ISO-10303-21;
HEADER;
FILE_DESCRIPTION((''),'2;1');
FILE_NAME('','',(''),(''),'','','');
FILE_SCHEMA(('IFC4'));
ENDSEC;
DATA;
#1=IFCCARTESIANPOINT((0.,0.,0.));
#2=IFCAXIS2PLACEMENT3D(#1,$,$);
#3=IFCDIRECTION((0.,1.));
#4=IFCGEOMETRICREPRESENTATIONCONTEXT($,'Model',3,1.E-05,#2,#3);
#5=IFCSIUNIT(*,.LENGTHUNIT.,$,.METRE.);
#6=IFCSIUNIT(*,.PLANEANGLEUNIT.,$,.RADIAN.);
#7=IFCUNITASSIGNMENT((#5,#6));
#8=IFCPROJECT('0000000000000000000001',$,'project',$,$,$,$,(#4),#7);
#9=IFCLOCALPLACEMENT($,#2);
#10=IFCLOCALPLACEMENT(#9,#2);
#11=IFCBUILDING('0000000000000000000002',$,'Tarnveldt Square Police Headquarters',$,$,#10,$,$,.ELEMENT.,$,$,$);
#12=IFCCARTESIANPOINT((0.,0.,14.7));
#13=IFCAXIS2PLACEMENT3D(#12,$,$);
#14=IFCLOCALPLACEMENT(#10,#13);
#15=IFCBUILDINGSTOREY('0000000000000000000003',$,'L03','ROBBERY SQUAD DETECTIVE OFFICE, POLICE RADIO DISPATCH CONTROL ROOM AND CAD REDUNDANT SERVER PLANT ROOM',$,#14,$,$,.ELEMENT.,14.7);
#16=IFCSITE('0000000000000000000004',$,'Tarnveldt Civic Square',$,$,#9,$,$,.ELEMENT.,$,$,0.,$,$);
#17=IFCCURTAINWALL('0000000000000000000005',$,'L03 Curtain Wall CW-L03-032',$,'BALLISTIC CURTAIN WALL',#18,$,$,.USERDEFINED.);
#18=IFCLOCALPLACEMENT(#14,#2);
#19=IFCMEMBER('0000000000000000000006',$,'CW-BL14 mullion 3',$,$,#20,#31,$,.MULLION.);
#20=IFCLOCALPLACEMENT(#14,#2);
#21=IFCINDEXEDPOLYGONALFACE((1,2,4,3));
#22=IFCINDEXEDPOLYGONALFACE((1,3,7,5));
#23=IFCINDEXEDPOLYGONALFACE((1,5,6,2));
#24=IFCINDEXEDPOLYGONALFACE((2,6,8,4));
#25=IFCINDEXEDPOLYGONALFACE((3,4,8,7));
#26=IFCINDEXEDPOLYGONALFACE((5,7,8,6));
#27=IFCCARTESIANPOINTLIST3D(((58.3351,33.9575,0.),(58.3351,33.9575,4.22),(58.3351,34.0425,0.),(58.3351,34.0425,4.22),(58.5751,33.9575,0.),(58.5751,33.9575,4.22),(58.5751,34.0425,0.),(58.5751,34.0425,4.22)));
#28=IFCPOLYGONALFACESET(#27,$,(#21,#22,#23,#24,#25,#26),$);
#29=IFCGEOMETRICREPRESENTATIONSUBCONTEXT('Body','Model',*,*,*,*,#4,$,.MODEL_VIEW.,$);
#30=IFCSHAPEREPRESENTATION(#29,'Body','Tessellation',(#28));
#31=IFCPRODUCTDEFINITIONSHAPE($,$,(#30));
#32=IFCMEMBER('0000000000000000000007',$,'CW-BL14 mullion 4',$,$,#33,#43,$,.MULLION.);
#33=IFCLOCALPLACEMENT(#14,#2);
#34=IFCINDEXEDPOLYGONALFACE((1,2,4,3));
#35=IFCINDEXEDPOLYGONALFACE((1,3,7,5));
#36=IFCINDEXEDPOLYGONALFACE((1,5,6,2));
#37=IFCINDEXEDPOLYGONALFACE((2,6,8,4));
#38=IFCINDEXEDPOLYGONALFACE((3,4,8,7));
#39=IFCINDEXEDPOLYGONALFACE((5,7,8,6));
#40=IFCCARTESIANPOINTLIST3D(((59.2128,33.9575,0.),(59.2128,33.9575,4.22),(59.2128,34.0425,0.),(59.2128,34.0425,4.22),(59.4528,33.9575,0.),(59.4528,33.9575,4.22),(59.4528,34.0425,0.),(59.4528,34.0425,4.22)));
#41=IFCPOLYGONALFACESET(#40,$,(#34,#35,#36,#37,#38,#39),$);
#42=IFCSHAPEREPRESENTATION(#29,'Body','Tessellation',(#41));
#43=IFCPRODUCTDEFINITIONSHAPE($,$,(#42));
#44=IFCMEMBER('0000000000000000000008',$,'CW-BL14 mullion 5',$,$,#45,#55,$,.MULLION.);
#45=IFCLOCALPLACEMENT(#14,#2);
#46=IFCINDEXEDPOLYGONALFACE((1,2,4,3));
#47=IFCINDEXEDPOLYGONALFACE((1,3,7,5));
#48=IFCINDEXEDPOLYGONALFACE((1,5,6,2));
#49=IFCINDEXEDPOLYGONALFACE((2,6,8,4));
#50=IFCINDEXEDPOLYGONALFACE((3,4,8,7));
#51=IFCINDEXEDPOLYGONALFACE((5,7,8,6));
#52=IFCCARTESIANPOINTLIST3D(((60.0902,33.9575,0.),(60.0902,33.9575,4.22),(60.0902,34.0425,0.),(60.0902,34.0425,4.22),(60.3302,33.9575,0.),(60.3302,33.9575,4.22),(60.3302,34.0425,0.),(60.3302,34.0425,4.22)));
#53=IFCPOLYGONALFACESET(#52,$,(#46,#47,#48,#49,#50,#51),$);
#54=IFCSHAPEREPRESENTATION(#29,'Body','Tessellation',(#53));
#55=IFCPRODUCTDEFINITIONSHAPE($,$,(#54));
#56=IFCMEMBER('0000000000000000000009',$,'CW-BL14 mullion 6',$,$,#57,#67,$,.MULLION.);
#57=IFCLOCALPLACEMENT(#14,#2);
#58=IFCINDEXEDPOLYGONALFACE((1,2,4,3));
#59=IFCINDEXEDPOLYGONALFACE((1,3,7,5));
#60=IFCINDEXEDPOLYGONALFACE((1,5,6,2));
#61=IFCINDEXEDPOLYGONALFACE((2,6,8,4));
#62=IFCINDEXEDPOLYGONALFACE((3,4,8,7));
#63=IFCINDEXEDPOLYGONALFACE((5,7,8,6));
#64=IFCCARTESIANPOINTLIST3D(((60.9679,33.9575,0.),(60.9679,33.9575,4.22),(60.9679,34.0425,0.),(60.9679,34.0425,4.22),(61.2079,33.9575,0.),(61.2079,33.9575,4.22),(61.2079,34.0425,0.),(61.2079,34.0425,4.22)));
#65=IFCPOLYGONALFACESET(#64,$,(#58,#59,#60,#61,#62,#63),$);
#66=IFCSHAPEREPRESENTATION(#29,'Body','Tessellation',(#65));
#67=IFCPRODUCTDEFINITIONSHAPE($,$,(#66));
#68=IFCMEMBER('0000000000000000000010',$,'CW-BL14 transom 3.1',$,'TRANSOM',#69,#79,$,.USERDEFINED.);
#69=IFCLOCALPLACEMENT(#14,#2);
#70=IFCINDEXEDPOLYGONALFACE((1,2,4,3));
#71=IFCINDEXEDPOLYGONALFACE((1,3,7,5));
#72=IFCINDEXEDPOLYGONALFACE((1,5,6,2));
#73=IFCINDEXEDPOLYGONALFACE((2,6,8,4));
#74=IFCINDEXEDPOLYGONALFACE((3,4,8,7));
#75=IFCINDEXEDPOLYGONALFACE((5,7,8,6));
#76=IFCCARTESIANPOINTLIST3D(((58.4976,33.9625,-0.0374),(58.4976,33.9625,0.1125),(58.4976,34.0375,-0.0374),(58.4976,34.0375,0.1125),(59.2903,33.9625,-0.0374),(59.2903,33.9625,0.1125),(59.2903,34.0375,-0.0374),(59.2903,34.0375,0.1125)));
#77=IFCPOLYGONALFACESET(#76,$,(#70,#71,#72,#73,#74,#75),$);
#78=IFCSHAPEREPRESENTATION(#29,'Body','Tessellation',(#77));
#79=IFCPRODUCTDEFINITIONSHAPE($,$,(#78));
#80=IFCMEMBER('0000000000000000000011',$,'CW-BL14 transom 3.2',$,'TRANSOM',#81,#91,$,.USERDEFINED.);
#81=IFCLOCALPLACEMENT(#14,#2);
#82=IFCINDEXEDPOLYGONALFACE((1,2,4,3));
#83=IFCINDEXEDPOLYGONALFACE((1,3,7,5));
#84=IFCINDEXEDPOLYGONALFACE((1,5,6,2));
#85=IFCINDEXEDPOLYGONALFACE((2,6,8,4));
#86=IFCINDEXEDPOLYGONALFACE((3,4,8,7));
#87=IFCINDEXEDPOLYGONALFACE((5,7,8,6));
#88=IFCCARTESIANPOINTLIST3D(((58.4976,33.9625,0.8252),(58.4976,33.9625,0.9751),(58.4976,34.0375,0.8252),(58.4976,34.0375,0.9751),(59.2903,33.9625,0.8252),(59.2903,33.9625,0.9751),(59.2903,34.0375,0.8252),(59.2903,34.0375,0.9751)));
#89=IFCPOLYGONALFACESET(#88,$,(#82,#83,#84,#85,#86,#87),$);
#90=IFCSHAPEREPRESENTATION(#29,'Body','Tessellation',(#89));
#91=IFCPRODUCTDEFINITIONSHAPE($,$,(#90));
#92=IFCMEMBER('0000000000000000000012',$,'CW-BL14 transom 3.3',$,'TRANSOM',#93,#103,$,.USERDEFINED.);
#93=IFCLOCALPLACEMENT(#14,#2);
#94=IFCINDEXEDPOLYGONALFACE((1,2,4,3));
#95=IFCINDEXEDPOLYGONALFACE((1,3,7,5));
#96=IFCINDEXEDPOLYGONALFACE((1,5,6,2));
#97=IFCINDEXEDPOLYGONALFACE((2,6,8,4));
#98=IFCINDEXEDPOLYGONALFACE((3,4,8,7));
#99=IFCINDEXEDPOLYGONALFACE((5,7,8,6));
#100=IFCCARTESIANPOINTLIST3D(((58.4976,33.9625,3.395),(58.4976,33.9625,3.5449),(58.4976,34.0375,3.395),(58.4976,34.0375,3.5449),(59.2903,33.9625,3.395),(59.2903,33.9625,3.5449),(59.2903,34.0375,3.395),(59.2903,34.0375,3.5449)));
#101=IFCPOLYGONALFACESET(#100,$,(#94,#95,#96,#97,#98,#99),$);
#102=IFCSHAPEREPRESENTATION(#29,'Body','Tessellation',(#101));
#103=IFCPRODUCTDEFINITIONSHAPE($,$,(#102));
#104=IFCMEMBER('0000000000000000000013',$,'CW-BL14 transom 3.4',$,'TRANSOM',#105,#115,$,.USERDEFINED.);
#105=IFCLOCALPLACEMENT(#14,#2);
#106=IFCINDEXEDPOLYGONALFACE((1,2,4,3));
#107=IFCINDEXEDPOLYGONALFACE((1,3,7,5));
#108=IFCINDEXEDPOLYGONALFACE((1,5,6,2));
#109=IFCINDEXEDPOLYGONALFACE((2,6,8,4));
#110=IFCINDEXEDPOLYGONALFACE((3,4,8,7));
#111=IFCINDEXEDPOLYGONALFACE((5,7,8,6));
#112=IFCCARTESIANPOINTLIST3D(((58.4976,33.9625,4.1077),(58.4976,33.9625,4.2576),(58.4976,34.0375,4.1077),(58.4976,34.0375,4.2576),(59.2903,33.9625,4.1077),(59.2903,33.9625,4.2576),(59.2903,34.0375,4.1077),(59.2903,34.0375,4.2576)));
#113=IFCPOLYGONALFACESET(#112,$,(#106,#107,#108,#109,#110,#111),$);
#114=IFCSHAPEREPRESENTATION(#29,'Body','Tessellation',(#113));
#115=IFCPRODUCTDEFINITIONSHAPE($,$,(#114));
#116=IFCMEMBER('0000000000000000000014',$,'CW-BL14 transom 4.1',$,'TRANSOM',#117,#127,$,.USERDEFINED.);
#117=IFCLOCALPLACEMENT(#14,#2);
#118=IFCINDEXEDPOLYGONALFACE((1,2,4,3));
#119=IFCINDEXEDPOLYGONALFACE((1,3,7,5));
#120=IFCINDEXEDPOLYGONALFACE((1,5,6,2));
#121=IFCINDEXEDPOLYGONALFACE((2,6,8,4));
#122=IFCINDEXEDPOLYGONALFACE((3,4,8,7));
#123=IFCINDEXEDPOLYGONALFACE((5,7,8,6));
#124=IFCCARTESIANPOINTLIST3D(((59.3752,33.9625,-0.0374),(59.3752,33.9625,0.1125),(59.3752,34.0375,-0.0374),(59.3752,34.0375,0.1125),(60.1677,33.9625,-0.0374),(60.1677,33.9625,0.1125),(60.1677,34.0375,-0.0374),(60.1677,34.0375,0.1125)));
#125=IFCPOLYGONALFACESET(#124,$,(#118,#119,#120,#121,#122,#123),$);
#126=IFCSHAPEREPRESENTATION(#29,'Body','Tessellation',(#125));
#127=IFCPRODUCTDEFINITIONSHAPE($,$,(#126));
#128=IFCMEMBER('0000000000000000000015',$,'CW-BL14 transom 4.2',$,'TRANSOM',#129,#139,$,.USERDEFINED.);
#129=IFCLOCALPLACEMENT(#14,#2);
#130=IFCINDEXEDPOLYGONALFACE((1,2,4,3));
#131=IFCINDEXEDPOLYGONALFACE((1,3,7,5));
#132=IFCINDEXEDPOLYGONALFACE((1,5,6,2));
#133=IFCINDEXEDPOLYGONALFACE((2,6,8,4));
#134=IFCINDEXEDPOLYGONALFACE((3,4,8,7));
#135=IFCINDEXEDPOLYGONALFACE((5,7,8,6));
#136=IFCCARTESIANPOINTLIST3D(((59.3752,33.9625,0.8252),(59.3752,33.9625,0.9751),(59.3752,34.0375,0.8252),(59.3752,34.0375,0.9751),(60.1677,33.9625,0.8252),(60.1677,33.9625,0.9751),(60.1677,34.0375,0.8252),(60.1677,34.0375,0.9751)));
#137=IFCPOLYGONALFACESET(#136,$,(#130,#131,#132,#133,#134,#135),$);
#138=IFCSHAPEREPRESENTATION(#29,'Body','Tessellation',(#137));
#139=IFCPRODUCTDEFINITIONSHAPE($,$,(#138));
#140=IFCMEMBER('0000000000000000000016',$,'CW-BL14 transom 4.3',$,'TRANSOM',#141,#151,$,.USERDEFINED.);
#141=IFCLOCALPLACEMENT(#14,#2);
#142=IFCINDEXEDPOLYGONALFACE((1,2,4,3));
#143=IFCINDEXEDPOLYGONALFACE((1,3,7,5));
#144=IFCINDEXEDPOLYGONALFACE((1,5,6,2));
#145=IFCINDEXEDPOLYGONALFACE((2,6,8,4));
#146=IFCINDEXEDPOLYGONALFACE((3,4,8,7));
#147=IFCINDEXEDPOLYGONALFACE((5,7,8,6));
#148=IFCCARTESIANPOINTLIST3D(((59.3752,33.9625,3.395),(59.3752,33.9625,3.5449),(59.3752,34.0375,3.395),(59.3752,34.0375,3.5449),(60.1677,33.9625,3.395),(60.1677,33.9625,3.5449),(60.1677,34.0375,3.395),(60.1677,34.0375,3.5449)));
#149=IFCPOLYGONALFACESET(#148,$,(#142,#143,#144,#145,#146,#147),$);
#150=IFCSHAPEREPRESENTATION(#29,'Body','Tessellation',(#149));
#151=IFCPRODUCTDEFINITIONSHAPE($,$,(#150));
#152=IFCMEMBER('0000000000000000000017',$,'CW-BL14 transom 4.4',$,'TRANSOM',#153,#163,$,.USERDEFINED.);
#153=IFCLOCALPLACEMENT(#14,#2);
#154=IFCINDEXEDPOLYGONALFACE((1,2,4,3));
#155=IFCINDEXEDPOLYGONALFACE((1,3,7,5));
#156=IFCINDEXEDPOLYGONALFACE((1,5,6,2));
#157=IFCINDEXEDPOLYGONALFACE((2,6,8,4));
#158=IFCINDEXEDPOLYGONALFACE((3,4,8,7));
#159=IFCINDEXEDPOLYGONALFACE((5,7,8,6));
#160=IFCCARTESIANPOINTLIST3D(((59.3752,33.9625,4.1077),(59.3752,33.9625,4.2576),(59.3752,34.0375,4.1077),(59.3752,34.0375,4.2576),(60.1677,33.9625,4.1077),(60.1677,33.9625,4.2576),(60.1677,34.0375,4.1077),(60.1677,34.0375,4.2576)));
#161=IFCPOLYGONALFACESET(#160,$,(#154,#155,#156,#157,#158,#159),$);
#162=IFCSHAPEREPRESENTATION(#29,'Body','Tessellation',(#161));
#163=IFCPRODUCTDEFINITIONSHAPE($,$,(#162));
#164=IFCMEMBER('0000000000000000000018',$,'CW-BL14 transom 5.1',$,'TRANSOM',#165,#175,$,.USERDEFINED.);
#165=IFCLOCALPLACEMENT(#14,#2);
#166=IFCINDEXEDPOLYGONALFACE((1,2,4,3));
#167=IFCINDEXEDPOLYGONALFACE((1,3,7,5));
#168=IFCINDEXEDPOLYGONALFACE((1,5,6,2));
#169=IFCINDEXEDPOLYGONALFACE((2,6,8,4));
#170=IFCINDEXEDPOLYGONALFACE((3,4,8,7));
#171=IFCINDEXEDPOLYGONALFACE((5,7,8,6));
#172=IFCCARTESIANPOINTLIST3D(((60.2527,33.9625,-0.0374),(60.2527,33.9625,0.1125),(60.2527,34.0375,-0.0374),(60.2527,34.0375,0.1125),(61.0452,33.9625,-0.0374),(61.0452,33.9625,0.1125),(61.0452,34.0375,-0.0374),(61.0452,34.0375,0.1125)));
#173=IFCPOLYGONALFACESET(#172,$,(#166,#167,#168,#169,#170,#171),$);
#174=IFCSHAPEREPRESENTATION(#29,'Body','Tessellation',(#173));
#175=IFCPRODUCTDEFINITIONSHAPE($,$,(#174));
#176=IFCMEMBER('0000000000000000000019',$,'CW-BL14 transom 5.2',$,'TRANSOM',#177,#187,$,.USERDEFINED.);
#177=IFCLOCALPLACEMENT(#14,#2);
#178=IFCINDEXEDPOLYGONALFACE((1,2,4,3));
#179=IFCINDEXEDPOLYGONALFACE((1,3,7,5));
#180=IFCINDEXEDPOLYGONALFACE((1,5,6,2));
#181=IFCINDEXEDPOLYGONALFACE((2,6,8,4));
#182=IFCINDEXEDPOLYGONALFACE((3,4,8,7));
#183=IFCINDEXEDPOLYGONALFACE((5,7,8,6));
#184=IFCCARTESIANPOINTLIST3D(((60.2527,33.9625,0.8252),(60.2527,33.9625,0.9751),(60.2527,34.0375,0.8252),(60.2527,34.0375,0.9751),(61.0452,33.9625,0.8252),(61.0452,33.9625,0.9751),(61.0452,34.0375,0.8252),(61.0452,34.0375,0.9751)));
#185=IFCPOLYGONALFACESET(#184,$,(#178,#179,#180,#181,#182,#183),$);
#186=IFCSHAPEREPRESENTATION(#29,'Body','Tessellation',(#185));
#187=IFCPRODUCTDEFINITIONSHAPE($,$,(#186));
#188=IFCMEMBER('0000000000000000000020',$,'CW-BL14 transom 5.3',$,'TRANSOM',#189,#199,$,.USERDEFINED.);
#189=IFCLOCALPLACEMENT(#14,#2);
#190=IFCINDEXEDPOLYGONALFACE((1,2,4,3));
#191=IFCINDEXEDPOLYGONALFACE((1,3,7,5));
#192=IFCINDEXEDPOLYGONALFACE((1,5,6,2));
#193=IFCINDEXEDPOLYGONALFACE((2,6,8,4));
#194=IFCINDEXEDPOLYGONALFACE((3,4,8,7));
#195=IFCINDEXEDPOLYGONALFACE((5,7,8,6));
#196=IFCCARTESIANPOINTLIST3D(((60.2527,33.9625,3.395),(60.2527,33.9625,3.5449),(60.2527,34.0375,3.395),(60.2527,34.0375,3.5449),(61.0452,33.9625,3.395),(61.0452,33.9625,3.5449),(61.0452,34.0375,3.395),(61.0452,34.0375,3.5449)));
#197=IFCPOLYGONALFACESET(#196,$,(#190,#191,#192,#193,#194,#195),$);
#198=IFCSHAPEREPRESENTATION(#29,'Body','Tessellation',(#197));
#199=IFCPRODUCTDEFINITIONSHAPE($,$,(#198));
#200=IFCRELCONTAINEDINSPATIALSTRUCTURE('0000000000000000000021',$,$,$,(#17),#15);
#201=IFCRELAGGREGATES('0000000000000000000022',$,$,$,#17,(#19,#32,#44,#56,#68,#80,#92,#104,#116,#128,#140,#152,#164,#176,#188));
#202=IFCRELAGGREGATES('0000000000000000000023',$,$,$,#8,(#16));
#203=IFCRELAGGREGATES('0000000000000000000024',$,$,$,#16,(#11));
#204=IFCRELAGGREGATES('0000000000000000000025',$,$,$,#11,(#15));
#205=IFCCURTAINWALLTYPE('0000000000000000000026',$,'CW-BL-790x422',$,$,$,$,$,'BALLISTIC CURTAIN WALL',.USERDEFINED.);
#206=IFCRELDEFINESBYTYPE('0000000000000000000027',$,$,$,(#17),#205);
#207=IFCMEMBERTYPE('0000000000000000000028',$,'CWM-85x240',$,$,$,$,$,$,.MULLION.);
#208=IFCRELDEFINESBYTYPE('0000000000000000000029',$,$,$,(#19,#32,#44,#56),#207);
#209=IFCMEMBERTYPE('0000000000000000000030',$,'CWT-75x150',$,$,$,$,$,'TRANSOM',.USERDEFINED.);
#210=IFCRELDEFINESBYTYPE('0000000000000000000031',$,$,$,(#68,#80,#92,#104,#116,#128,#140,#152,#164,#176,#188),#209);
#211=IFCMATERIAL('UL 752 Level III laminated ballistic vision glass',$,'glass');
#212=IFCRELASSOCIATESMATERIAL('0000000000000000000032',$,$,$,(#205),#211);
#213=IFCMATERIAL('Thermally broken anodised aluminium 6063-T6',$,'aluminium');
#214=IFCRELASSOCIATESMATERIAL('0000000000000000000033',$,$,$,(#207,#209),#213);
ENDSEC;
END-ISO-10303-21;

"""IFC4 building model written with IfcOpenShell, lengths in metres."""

from ifc_helpers import new_model, si_unit, direction, frame, origin, origin_2d, place, context, subcontext, project, spatial, rectangle, extrude, material, material_profile, profile_set, type_object, element, aggregate, save


model = new_model("IFC4")

# Units and contexts
model_context = context("Model", 3, precision=1e-05, world=origin(), true_north=direction((0.0, 1.0)))
body_context = subcontext(model_context, "Body", "Model", "MODEL_VIEW")
ifc_project = project(units=[si_unit("LENGTHUNIT", "METRE"), si_unit("PLANEANGLEUNIT", "RADIAN")], contexts=[model_context])

# Site, building, storey
site_placement = place(None, origin())
site = spatial("IfcSite", under=ifc_project, at=site_placement, Name="Tarnveldt Civic Square", CompositionType="ELEMENT", RefElevation=0.0)
building_placement = place(site_placement, origin())
building = spatial("IfcBuilding", under=site, at=building_placement, Name="Tarnveldt Square Police Headquarters", CompositionType="ELEMENT")
storey_placement = place(building_placement, frame((0.0, 0.0, 14.7)))
storey = spatial("IfcBuildingStorey", under=building, at=storey_placement, Name="L03", Description="ROBBERY SQUAD DETECTIVE OFFICE, POLICE RADIO DISPATCH CONTROL ROOM AND CAD REDUNDANT SERVER PLANT ROOM", CompositionType="ELEMENT", Elevation=14.7)

# Curtain wall, members
ifc_material_1 = material(Name="UL 752 Level III laminated ballistic vision glass", Category="glass")
curtain_wall_type = type_object("IfcCurtainWallType", Name="CW-BL-790x422", ElementType="BALLISTIC CURTAIN WALL", PredefinedType="USERDEFINED", material=ifc_material_1)
curtain_wall_placement = place(storey_placement, origin())
curtain_wall = element("IfcCurtainWall", 1, at=curtain_wall_placement, inside=storey, type_object=curtain_wall_type, Name="L03 Curtain Wall CW-L03-032", ObjectType="BALLISTIC CURTAIN WALL", PredefinedType="USERDEFINED")
ifc_material_2 = material(Name="Thermally broken anodised aluminium 6063-T6", Category="aluminium")
ifc_material_profile_1 = material_profile(ifc_material_2, rectangle(XDim=0.085, YDim=0.24, at=origin_2d()), Name="CW-M85x240")
ifc_profile_set_1 = profile_set([ifc_material_profile_1], Name="Thermally broken anodised aluminium 6063-T6")
member_type_1 = type_object("IfcMemberType", Name="CWM-85x240", PredefinedType="MULLION", material=ifc_profile_set_1)
member_1_placement = place(storey_placement, frame((58.4551, 34.0, 0.0), z_axis=(0.0, 0.0, 1.0), x_axis=(0.0, 1.0, 0.0)))
member_1 = element("IfcMember", 2, at=member_1_placement, type_object=member_type_1, Name="CW-BL14 mullion 3", PredefinedType="MULLION", context=body_context, shape_type="SweptSolid", body=[
    extrude(rectangle(XDim=0.085, YDim=0.24, at=origin_2d()), origin(), (0.0, 0.0, 1.0), 4.22),
])
member_2_placement = place(storey_placement, frame((59.3328, 34.0, 0.0), z_axis=(0.0, 0.0, 1.0), x_axis=(0.0, 1.0, 0.0)))
member_2 = element("IfcMember", 3, at=member_2_placement, type_object=member_type_1, Name="CW-BL14 mullion 4", PredefinedType="MULLION", context=body_context, shape_type="SweptSolid", body=[
    extrude(rectangle(XDim=0.085, YDim=0.24, at=origin_2d()), origin(), (0.0, 0.0, 1.0), 4.22),
])
member_3_placement = place(storey_placement, frame((60.2102, 34.0, 0.0), z_axis=(0.0, 0.0, 1.0), x_axis=(0.0, 1.0, 0.0)))
member_3 = element("IfcMember", 4, at=member_3_placement, type_object=member_type_1, Name="CW-BL14 mullion 5", PredefinedType="MULLION", context=body_context, shape_type="SweptSolid", body=[
    extrude(rectangle(XDim=0.085, YDim=0.24, at=origin_2d()), origin(), (0.0, 0.0, 1.0), 4.22),
])
member_4_placement = place(storey_placement, frame((61.0879, 34.0, 0.0), z_axis=(0.0, 0.0, 1.0), x_axis=(0.0, 1.0, 0.0)))
member_4 = element("IfcMember", 5, at=member_4_placement, type_object=member_type_1, Name="CW-BL14 mullion 6", PredefinedType="MULLION", context=body_context, shape_type="SweptSolid", body=[
    extrude(rectangle(XDim=0.085, YDim=0.24, at=origin_2d()), origin(), (0.0, 0.0, 1.0), 4.22),
])
ifc_material_profile_2 = material_profile(ifc_material_2, rectangle(XDim=0.075, YDim=0.1499, at=origin_2d()), Name="CW-T75x150")
ifc_profile_set_2 = profile_set([ifc_material_profile_2], Name="Thermally broken anodised aluminium 6063-T6")
member_type_2 = type_object("IfcMemberType", Name="CWT-75x150", ElementType="TRANSOM", PredefinedType="USERDEFINED", material=ifc_profile_set_2)
member_5_placement = place(storey_placement, frame((58.4976, 34.0, 0.0376), z_axis=(1.0, 0.0, 0.0), x_axis=(0.0, 1.0, 0.0)))
member_5 = element("IfcMember", 6, at=member_5_placement, type_object=member_type_2, Name="CW-BL14 transom 3.1", ObjectType="TRANSOM", PredefinedType="USERDEFINED", context=body_context, shape_type="SweptSolid", body=[
    extrude(rectangle(XDim=0.075, YDim=0.1499, at=origin_2d()), origin(), (0.0, 0.0, 1.0), 0.7927),
])
member_6_placement = place(storey_placement, frame((58.4976, 34.0, 0.9001), z_axis=(1.0, 0.0, 0.0), x_axis=(0.0, 1.0, 0.0)))
member_6 = element("IfcMember", 7, at=member_6_placement, type_object=member_type_2, Name="CW-BL14 transom 3.2", ObjectType="TRANSOM", PredefinedType="USERDEFINED", context=body_context, shape_type="SweptSolid", body=[
    extrude(rectangle(XDim=0.075, YDim=0.1499, at=origin_2d()), origin(), (0.0, 0.0, 1.0), 0.7927),
])
member_7_placement = place(storey_placement, frame((58.4976, 34.0, 3.47), z_axis=(1.0, 0.0, 0.0), x_axis=(0.0, 1.0, 0.0)))
member_7 = element("IfcMember", 8, at=member_7_placement, type_object=member_type_2, Name="CW-BL14 transom 3.3", ObjectType="TRANSOM", PredefinedType="USERDEFINED", context=body_context, shape_type="SweptSolid", body=[
    extrude(rectangle(XDim=0.075, YDim=0.1499, at=origin_2d()), origin(), (0.0, 0.0, 1.0), 0.7927),
])
member_8_placement = place(storey_placement, frame((58.4976, 34.0, 4.1826), z_axis=(1.0, 0.0, 0.0), x_axis=(0.0, 1.0, 0.0)))
member_8 = element("IfcMember", 9, at=member_8_placement, type_object=member_type_2, Name="CW-BL14 transom 3.4", ObjectType="TRANSOM", PredefinedType="USERDEFINED", context=body_context, shape_type="SweptSolid", body=[
    extrude(rectangle(XDim=0.075, YDim=0.1499, at=origin_2d()), origin(), (0.0, 0.0, 1.0), 0.7927),
])
member_9_placement = place(storey_placement, frame((59.3752, 34.0, 0.0376), z_axis=(1.0, 0.0, 0.0), x_axis=(0.0, 1.0, 0.0)))
member_9 = element("IfcMember", 10, at=member_9_placement, type_object=member_type_2, Name="CW-BL14 transom 4.1", ObjectType="TRANSOM", PredefinedType="USERDEFINED", context=body_context, shape_type="SweptSolid", body=[
    extrude(rectangle(XDim=0.075, YDim=0.1499, at=origin_2d()), origin(), (0.0, 0.0, 1.0), 0.7925),
])
member_10_placement = place(storey_placement, frame((59.3752, 34.0, 0.9001), z_axis=(1.0, 0.0, 0.0), x_axis=(0.0, 1.0, 0.0)))
member_10 = element("IfcMember", 11, at=member_10_placement, type_object=member_type_2, Name="CW-BL14 transom 4.2", ObjectType="TRANSOM", PredefinedType="USERDEFINED", context=body_context, shape_type="SweptSolid", body=[
    extrude(rectangle(XDim=0.075, YDim=0.1499, at=origin_2d()), origin(), (0.0, 0.0, 1.0), 0.7925),
])
member_11_placement = place(storey_placement, frame((59.3752, 34.0, 3.47), z_axis=(1.0, 0.0, 0.0), x_axis=(0.0, 1.0, 0.0)))
member_11 = element("IfcMember", 12, at=member_11_placement, type_object=member_type_2, Name="CW-BL14 transom 4.3", ObjectType="TRANSOM", PredefinedType="USERDEFINED", context=body_context, shape_type="SweptSolid", body=[
    extrude(rectangle(XDim=0.075, YDim=0.1499, at=origin_2d()), origin(), (0.0, 0.0, 1.0), 0.7925),
])
member_12_placement = place(storey_placement, frame((59.3752, 34.0, 4.1826), z_axis=(1.0, 0.0, 0.0), x_axis=(0.0, 1.0, 0.0)))
member_12 = element("IfcMember", 13, at=member_12_placement, type_object=member_type_2, Name="CW-BL14 transom 4.4", ObjectType="TRANSOM", PredefinedType="USERDEFINED", context=body_context, shape_type="SweptSolid", body=[
    extrude(rectangle(XDim=0.075, YDim=0.1499, at=origin_2d()), origin(), (0.0, 0.0, 1.0), 0.7925),
])
member_13_placement = place(storey_placement, frame((60.2527, 34.0, 0.0376), z_axis=(1.0, 0.0, 0.0), x_axis=(0.0, 1.0, 0.0)))
member_13 = element("IfcMember", 14, at=member_13_placement, type_object=member_type_2, Name="CW-BL14 transom 5.1", ObjectType="TRANSOM", PredefinedType="USERDEFINED", context=body_context, shape_type="SweptSolid", body=[
    extrude(rectangle(XDim=0.075, YDim=0.1499, at=origin_2d()), origin(), (0.0, 0.0, 1.0), 0.7925),
])
member_14_placement = place(storey_placement, frame((60.2527, 34.0, 0.9001), z_axis=(1.0, 0.0, 0.0), x_axis=(0.0, 1.0, 0.0)))
member_14 = element("IfcMember", 15, at=member_14_placement, type_object=member_type_2, Name="CW-BL14 transom 5.2", ObjectType="TRANSOM", PredefinedType="USERDEFINED", context=body_context, shape_type="SweptSolid", body=[
    extrude(rectangle(XDim=0.075, YDim=0.1499, at=origin_2d()), origin(), (0.0, 0.0, 1.0), 0.7925),
])
member_15_placement = place(storey_placement, frame((60.2527, 34.0, 3.47), z_axis=(1.0, 0.0, 0.0), x_axis=(0.0, 1.0, 0.0)))
member_15 = element("IfcMember", 16, at=member_15_placement, type_object=member_type_2, Name="CW-BL14 transom 5.3", ObjectType="TRANSOM", PredefinedType="USERDEFINED", context=body_context, shape_type="SweptSolid", body=[
    extrude(rectangle(XDim=0.075, YDim=0.1499, at=origin_2d()), origin(), (0.0, 0.0, 1.0), 0.7925),
])
aggregate(curtain_wall, [member_1, member_2, member_3, member_4, member_5, member_6, member_7, member_8, member_9, member_10, member_11, member_12, member_13, member_14, member_15])

save(model, "model.ifc")
